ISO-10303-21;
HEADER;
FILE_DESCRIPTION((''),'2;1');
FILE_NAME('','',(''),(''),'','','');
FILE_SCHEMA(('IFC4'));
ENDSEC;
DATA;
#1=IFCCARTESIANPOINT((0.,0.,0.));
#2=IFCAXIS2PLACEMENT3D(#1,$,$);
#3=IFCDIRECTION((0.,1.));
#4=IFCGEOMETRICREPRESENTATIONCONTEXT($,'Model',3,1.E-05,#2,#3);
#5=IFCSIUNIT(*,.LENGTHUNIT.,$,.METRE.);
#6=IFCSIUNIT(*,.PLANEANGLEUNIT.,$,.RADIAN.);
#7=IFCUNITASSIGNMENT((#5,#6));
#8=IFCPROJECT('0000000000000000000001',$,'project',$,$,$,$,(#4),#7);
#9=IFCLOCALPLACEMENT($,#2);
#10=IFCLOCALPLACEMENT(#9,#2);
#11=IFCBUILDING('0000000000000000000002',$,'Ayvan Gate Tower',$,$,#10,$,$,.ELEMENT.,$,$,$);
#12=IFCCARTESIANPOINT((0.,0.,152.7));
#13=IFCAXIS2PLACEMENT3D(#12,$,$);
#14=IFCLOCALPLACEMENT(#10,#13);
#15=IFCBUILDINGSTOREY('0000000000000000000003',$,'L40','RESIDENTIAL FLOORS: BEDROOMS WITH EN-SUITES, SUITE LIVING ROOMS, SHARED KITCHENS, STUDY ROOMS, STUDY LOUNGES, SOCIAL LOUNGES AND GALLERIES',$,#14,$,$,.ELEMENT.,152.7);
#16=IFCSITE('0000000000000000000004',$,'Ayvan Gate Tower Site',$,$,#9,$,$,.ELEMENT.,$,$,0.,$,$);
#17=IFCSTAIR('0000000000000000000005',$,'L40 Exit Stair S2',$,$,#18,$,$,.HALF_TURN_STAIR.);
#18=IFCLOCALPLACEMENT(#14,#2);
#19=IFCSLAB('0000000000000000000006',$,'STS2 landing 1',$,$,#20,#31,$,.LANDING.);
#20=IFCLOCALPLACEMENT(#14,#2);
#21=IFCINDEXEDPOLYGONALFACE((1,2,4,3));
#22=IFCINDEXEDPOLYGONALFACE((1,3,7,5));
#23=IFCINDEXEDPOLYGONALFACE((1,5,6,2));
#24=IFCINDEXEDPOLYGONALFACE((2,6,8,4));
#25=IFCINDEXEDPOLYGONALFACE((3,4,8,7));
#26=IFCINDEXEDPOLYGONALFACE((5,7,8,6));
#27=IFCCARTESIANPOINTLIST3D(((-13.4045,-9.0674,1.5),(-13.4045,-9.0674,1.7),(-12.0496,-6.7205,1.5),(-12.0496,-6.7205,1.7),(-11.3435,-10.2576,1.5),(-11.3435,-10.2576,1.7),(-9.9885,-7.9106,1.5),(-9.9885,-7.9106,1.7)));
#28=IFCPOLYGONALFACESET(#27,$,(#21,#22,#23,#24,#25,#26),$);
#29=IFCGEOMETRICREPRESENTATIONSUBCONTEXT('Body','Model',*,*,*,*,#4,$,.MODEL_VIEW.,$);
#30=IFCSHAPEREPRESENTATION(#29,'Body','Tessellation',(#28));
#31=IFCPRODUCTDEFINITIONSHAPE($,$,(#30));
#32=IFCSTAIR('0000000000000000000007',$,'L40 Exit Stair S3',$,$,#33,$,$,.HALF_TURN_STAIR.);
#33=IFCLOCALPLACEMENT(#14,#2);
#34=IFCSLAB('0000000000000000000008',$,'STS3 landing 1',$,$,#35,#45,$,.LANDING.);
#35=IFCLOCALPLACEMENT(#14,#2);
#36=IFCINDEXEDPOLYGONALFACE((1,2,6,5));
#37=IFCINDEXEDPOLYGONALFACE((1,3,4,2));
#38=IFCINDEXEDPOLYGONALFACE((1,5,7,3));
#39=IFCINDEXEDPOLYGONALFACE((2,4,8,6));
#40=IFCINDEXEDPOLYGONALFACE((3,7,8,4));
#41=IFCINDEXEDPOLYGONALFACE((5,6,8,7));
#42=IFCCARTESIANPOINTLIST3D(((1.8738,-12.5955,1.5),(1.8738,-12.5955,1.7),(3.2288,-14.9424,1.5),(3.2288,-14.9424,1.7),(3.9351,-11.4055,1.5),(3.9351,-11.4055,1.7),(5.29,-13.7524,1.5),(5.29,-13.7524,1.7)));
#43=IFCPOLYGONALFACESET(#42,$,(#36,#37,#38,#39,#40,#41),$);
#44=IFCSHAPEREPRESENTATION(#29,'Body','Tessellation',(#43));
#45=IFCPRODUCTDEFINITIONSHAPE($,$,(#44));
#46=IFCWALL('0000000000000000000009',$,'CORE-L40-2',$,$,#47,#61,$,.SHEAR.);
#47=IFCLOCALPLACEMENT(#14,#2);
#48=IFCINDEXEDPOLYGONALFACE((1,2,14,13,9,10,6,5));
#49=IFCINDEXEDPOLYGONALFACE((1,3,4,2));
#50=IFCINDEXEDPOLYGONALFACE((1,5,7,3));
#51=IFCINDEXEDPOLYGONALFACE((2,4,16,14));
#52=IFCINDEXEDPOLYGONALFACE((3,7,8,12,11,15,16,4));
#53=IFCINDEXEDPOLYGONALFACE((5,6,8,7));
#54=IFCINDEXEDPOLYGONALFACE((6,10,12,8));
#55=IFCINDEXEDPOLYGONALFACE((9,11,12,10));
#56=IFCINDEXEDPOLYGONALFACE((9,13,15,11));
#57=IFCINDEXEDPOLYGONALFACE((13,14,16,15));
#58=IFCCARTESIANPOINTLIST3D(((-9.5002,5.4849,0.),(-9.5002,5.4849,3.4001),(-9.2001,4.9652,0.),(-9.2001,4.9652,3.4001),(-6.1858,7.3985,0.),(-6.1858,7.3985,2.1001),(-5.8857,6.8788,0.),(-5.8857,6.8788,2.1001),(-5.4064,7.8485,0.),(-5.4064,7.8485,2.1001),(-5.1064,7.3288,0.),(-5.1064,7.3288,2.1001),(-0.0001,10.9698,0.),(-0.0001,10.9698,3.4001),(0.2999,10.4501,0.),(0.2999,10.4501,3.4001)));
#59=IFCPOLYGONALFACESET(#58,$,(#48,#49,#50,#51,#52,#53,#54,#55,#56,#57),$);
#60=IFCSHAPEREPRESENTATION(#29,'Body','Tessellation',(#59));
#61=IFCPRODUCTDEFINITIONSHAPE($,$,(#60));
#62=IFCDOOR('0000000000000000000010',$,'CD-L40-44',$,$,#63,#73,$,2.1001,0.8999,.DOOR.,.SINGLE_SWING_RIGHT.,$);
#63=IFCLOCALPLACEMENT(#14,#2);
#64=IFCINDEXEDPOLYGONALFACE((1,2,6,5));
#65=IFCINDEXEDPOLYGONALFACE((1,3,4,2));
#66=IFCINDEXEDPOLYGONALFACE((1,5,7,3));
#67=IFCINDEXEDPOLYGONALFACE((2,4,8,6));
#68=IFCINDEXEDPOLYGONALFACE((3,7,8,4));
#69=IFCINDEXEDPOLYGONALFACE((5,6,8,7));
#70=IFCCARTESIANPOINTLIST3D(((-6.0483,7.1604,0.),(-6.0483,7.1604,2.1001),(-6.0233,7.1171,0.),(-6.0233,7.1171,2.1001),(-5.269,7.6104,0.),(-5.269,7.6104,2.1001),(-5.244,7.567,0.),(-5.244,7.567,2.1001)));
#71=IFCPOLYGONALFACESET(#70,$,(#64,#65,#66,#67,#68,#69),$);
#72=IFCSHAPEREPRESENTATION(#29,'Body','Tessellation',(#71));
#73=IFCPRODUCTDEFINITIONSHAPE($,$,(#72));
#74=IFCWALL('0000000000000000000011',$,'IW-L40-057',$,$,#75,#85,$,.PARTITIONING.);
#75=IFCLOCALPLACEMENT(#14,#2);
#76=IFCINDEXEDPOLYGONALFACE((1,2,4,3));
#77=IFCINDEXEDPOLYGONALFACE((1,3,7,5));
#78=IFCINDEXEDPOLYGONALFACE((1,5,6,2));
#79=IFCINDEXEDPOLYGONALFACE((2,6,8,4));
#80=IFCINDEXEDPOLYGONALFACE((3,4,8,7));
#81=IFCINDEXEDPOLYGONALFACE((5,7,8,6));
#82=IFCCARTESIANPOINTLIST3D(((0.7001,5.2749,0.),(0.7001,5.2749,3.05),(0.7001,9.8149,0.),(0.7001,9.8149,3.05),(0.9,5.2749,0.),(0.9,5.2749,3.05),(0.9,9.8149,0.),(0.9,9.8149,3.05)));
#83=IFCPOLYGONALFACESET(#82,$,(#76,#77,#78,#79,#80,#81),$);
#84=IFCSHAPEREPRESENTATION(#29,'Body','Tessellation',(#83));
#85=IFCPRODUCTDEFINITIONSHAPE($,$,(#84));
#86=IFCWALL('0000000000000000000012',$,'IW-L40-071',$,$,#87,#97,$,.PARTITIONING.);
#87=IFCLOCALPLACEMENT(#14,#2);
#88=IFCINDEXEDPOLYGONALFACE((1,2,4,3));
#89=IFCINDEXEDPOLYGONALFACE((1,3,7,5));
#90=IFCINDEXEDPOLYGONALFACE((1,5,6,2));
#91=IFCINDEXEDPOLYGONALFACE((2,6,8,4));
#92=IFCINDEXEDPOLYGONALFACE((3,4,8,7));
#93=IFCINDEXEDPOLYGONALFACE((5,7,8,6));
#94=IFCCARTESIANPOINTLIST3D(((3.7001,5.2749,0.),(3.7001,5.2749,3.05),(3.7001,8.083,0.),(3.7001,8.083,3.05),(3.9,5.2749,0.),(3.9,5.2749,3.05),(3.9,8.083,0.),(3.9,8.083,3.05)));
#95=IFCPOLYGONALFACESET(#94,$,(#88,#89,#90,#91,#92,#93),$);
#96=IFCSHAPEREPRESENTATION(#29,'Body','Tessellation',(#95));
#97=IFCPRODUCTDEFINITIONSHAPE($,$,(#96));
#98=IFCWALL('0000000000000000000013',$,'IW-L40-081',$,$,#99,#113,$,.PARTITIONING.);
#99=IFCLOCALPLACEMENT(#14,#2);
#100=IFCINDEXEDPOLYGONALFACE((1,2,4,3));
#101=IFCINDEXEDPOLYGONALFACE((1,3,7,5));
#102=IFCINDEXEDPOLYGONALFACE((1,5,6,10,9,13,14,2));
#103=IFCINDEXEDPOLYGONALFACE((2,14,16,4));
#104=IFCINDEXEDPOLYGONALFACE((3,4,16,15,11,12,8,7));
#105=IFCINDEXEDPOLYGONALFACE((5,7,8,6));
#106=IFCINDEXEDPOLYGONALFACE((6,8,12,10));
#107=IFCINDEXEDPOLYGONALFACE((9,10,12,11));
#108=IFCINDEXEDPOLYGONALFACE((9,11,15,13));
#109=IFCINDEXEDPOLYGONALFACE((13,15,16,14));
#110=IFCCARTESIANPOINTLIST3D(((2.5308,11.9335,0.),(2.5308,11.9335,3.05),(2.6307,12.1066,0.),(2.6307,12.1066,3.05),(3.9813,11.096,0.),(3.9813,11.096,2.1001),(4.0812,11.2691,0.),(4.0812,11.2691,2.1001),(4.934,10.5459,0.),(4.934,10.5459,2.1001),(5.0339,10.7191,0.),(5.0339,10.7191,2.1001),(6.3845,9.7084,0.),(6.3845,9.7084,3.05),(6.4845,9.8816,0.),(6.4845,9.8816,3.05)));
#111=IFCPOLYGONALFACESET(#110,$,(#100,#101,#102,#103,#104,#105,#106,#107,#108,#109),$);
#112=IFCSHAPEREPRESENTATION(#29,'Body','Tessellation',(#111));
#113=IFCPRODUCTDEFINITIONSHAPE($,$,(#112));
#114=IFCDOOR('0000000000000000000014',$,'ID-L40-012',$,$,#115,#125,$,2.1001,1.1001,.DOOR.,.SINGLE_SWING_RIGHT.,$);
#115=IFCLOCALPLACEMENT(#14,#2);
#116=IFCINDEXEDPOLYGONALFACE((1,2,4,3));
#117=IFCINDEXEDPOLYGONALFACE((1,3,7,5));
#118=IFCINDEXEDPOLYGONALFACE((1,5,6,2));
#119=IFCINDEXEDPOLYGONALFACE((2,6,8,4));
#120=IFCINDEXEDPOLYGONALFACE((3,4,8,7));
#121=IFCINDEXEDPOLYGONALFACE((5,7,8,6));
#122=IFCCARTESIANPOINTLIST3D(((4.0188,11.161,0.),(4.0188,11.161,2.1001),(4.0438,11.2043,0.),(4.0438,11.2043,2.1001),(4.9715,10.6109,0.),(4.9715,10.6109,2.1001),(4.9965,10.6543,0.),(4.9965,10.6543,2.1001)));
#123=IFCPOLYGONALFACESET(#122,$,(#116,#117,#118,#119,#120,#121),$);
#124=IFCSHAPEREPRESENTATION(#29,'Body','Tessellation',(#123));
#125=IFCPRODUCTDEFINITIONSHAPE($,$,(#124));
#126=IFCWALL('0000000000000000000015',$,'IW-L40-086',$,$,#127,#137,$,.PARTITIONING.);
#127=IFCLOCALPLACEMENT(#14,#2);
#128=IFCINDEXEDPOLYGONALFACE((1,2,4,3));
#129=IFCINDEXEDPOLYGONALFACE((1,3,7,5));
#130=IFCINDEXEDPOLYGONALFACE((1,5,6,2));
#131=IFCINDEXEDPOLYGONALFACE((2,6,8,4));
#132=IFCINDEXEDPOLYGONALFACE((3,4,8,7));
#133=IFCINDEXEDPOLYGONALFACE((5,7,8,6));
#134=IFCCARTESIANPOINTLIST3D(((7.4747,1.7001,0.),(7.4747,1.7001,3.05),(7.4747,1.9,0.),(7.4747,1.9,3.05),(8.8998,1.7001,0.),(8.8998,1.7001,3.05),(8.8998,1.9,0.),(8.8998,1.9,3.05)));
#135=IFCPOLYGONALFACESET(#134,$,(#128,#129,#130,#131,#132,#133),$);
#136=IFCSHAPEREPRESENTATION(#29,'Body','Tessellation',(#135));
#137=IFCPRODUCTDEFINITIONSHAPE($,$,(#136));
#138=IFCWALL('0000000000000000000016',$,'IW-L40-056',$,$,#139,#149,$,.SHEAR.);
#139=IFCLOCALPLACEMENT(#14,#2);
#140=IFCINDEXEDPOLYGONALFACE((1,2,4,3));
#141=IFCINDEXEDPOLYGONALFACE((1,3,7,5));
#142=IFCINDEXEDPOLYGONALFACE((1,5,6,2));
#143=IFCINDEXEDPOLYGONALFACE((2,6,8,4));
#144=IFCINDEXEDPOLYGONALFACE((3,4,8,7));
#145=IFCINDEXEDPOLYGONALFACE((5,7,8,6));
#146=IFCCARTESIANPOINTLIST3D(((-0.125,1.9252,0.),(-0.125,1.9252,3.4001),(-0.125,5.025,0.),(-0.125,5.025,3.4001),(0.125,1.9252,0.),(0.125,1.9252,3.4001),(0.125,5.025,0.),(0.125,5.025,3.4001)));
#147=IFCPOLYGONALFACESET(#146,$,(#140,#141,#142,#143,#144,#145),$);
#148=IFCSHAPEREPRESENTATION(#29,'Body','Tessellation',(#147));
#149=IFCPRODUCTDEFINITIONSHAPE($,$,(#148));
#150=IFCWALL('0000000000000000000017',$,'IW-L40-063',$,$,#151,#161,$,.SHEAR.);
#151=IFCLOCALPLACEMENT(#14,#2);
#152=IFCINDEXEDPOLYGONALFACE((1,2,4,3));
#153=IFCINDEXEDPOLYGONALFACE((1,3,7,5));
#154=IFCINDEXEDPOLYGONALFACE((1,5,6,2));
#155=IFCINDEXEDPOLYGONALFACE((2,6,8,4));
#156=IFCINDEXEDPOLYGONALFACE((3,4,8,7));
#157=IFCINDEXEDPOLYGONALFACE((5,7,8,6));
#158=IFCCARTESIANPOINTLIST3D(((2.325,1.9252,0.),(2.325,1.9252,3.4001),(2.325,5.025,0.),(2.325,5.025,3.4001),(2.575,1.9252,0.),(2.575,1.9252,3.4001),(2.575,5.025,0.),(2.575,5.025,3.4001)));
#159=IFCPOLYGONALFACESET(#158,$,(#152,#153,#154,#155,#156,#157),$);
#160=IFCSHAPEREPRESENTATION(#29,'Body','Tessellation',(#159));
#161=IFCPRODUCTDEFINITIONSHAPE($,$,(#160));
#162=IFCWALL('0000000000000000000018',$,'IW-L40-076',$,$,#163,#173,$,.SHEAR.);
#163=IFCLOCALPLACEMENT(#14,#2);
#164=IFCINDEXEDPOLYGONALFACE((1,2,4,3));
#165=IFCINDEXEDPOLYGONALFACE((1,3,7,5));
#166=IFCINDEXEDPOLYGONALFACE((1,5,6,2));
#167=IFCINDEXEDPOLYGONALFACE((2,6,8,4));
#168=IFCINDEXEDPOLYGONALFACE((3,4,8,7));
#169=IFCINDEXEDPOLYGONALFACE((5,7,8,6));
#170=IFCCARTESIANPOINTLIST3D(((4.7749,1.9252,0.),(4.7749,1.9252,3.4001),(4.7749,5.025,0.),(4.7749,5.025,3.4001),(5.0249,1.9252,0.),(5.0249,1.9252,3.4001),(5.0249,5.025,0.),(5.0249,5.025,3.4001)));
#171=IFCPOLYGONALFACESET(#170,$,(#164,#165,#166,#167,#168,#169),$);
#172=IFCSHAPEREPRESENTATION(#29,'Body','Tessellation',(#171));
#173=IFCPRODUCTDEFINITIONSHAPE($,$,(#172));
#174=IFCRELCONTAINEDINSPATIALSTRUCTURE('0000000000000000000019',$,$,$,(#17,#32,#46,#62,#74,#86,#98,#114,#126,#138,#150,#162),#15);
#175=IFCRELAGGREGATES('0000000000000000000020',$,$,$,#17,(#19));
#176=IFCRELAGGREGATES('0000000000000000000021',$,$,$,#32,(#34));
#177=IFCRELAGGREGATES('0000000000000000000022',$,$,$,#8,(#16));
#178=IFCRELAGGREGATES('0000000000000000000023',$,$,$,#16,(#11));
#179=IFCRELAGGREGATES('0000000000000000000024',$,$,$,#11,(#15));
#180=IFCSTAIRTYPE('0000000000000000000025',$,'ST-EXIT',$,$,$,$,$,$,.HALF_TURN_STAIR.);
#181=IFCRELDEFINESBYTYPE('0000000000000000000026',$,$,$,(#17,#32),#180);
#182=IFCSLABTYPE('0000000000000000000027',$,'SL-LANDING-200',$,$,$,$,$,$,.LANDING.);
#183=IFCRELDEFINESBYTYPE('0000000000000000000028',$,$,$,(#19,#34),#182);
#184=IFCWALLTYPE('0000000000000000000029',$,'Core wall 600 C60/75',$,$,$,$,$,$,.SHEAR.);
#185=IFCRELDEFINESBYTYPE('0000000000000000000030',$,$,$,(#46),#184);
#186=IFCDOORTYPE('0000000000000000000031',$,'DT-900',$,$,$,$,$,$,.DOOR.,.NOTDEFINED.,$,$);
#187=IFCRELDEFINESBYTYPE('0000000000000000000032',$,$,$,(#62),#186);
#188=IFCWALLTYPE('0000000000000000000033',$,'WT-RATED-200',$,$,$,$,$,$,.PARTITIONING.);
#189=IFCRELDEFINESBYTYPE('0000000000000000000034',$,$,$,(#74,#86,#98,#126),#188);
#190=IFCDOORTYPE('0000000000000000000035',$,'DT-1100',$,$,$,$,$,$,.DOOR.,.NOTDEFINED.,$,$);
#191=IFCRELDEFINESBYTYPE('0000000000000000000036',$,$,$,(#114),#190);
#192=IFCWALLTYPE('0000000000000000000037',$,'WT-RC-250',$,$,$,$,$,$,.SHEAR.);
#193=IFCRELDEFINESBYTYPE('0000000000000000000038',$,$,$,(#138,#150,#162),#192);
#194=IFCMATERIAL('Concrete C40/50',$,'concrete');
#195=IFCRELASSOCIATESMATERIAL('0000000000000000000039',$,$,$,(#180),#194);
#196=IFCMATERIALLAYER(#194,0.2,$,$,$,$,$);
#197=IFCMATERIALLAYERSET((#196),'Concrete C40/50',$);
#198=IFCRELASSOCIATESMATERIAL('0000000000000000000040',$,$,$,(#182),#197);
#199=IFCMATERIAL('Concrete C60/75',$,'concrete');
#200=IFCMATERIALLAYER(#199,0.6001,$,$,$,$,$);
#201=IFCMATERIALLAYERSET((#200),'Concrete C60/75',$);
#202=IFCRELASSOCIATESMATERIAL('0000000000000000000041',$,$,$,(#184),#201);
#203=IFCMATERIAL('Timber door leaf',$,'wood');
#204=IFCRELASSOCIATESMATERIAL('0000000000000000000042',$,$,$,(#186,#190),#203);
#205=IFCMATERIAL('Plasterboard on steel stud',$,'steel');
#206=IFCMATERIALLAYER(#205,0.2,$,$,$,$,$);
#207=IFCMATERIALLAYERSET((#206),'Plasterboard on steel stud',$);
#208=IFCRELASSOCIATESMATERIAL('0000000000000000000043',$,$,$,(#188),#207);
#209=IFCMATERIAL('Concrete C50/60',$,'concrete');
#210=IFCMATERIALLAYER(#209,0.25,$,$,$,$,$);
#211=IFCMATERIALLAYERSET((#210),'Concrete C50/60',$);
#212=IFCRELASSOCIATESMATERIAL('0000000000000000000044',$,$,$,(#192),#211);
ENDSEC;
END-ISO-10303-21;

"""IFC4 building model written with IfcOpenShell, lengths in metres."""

from ifc_helpers import new_model, si_unit, direction, frame, frame_2d, origin, place, context, subcontext, project, spatial, polyline, rectangle, outline, extrude, material, layer, layer_set, type_object, element, fill, aggregate, save


model = new_model("IFC4")

# Units and contexts
model_context = context("Model", 3, precision=1e-05, world=origin(), true_north=direction((0.0, 1.0)))
body_context = subcontext(model_context, "Body", "Model", "MODEL_VIEW")
ifc_project = project(units=[si_unit("LENGTHUNIT", "METRE"), si_unit("PLANEANGLEUNIT", "RADIAN")], contexts=[model_context])

# Site, building, storey
site_placement = place(None, origin())
site = spatial("IfcSite", under=ifc_project, at=site_placement, Name="Ayvan Gate Tower Site", CompositionType="ELEMENT", RefElevation=0.0)
building_placement = place(site_placement, origin())
building = spatial("IfcBuilding", under=site, at=building_placement, Name="Ayvan Gate Tower", CompositionType="ELEMENT")
storey_placement = place(building_placement, frame((0.0, 0.0, 152.7)))
storey = spatial("IfcBuildingStorey", under=building, at=storey_placement, Name="L40", Description="RESIDENTIAL FLOORS: BEDROOMS WITH EN-SUITES, SUITE LIVING ROOMS, SHARED KITCHENS, STUDY ROOMS, STUDY LOUNGES, SOCIAL LOUNGES AND GALLERIES", CompositionType="ELEMENT", Elevation=152.7)

# Stairs, slabs
ifc_material_1 = material(Name="Concrete C40/50", Category="concrete")
stair_type = type_object("IfcStairType", Name="ST-EXIT", PredefinedType="HALF_TURN_STAIR", material=ifc_material_1)
stair_1_placement = place(storey_placement, origin())
stair_1 = element("IfcStair", 1, at=stair_1_placement, inside=storey, type_object=stair_type, Name="L40 Exit Stair S2", PredefinedType="HALF_TURN_STAIR")
ifc_layer_1 = layer(ifc_material_1, 0.2)
ifc_layer_set_1 = layer_set([ifc_layer_1], Name="Concrete C40/50")
slab_type = type_object("IfcSlabType", Name="SL-LANDING-200", PredefinedType="LANDING", material=ifc_layer_set_1)
slab_1_placement = place(storey_placement, frame((0.0, 0.0, 1.5)))
slab_1 = element("IfcSlab", 2, at=slab_1_placement, type_object=slab_type, Name="STS2 landing 1", PredefinedType="LANDING", context=body_context, shape_type="SweptSolid", body=[
    extrude(outline(polyline([(-9.9885, -7.9106), (-12.0496, -6.7205), (-13.4045, -9.0674), (-11.3435, -10.2576), (-9.9885, -7.9106)])), origin(), (0.0, 0.0, 1.0), 0.2),
])
aggregate(stair_1, [slab_1])
stair_2_placement = place(storey_placement, origin())
stair_2 = element("IfcStair", 3, at=stair_2_placement, inside=storey, type_object=stair_type, Name="L40 Exit Stair S3", PredefinedType="HALF_TURN_STAIR")
slab_2_placement = place(storey_placement, frame((0.0, 0.0, 1.5)))
slab_2 = element("IfcSlab", 4, at=slab_2_placement, type_object=slab_type, Name="STS3 landing 1", PredefinedType="LANDING", context=body_context, shape_type="SweptSolid", body=[
    extrude(outline(polyline([(3.9351, -11.4055), (1.8738, -12.5955), (3.2288, -14.9424), (5.29, -13.7524), (3.9351, -11.4055)])), origin(), (0.0, 0.0, 1.0), 0.2),
])
aggregate(stair_2, [slab_2])

# Wall, opening, door
ifc_material_2 = material(Name="Concrete C60/75", Category="concrete")
ifc_layer_2 = layer(ifc_material_2, 0.6001)
ifc_layer_set_2 = layer_set([ifc_layer_2], Name="Concrete C60/75")
wall_type_1 = type_object("IfcWallType", Name="Core wall 600 C60/75", PredefinedType="SHEAR", material=ifc_layer_set_2)
wall_1_placement = place(storey_placement, frame((0.1499, 10.71, 0.0), z_axis=(0.0, 0.0, 1.0), x_axis=(-0.866024, -0.500002, 0.0)))
wall_1 = element("IfcWall", 5, at=wall_1_placement, inside=storey, type_object=wall_type_1, Name="CORE-L40-2", PredefinedType="SHEAR", context=body_context, shape_type="SweptSolid", body=[
    extrude(rectangle(XDim=10.9697, YDim=0.6001, at=frame_2d((5.4849, 0.0))), origin(), (0.0, 0.0, 1.0), 3.4001),
])
opening_1_placement = place(wall_1_placement, frame((6.2427, 0.0, 0.0)))
opening_1 = element("IfcOpeningElement", 6, at=opening_1_placement, cuts=wall_1, PredefinedType="OPENING", context=body_context, shape_type="SweptSolid", body=[
    extrude(rectangle(XDim=0.8999, YDim=2.1001, at=frame_2d((0.45, 1.05))), frame((0.0, 0.3101, 0.0), z_axis=(0.0, -1.0, 0.0), x_axis=(1.0, 0.0, 0.0)), (0.0, 0.0, 1.0), 0.6201),
])
ifc_material_3 = material(Name="Timber door leaf", Category="wood")
door_type_1 = type_object("IfcDoorType", Name="DT-900", OperationType="NOTDEFINED", PredefinedType="DOOR", material=ifc_material_3)
door_1_placement = place(opening_1_placement, origin())
door_1 = element("IfcDoor", 7, at=door_1_placement, inside=storey, type_object=door_type_1, Name="CD-L40-44", OperationType="SINGLE_SWING_RIGHT", OverallHeight=2.1001, OverallWidth=0.8999, PredefinedType="DOOR", context=body_context, shape_type="SweptSolid", body=[
    extrude(rectangle(XDim=0.8999, YDim=2.1001, at=frame_2d((0.45, 1.05))), frame((0.0, 0.0249, 0.0), z_axis=(0.0, -1.0, 0.0), x_axis=(1.0, 0.0, 0.0)), (0.0, 0.0, 1.0), 0.05),
])
fill(opening_1, door_1)

# Walls
ifc_material_4 = material(Name="Plasterboard on steel stud", Category="steel")
ifc_layer_3 = layer(ifc_material_4, 0.2)
ifc_layer_set_3 = layer_set([ifc_layer_3], Name="Plasterboard on steel stud")
wall_type_2 = type_object("IfcWallType", Name="WT-RATED-200", PredefinedType="PARTITIONING", material=ifc_layer_set_3)
wall_2_placement = place(storey_placement, frame((0.8, 9.8149, 0.0), z_axis=(0.0, 0.0, 1.0), x_axis=(0.0, -1.0, 0.0)))
element("IfcWall", 8, at=wall_2_placement, inside=storey, type_object=wall_type_2, Name="IW-L40-057", PredefinedType="PARTITIONING", context=body_context, shape_type="SweptSolid", body=[
    extrude(rectangle(XDim=4.54, YDim=0.2, at=frame_2d((2.27, 0.0))), origin(), (0.0, 0.0, 1.0), 3.05),
])
wall_3_placement = place(storey_placement, frame((3.8, 8.083, 0.0), z_axis=(0.0, 0.0, 1.0), x_axis=(0.0, -1.0, 0.0)))
element("IfcWall", 9, at=wall_3_placement, inside=storey, type_object=wall_type_2, Name="IW-L40-071", PredefinedType="PARTITIONING", context=body_context, shape_type="SweptSolid", body=[
    extrude(rectangle(XDim=2.8081, YDim=0.2, at=frame_2d((1.4041, 0.0))), origin(), (0.0, 0.0, 1.0), 3.05),
])

# Wall, opening, door
wall_4_placement = place(storey_placement, frame((6.4346, 9.7949, 0.0), z_axis=(0.0, 0.0, 1.0), x_axis=(-0.866013, 0.500022, 0.0)))
wall_4 = element("IfcWall", 10, at=wall_4_placement, inside=storey, type_object=wall_type_2, Name="IW-L40-081", PredefinedType="PARTITIONING", context=body_context, shape_type="SweptSolid", body=[
    extrude(rectangle(XDim=4.45, YDim=0.2, at=frame_2d((2.2251, 0.0))), origin(), (0.0, 0.0, 1.0), 3.05),
])
opening_2_placement = place(wall_4_placement, frame((1.675, 0.0, 0.0)))
opening_2 = element("IfcOpeningElement", 11, at=opening_2_placement, cuts=wall_4, PredefinedType="OPENING", context=body_context, shape_type="SweptSolid", body=[
    extrude(rectangle(XDim=1.1001, YDim=2.1001, at=frame_2d((0.55, 1.05))), frame((0.0, 0.1099, 0.0), z_axis=(0.0, -1.0, 0.0), x_axis=(1.0, 0.0, 0.0)), (0.0, 0.0, 1.0), 0.22),
])
door_type_2 = type_object("IfcDoorType", Name="DT-1100", OperationType="NOTDEFINED", PredefinedType="DOOR", material=ifc_material_3)
door_2_placement = place(opening_2_placement, origin())
door_2 = element("IfcDoor", 12, at=door_2_placement, inside=storey, type_object=door_type_2, Name="ID-L40-012", OperationType="SINGLE_SWING_RIGHT", OverallHeight=2.1001, OverallWidth=1.1001, PredefinedType="DOOR", context=body_context, shape_type="SweptSolid", body=[
    extrude(rectangle(XDim=1.1001, YDim=2.1001, at=frame_2d((0.55, 1.05))), frame((0.0, 0.0249, 0.0), z_axis=(0.0, -1.0, 0.0), x_axis=(1.0, 0.0, 0.0)), (0.0, 0.0, 1.0), 0.05),
])
fill(opening_2, door_2)

# Walls
wall_5_placement = place(storey_placement, frame((7.4749, 1.8, 0.0), z_axis=(0.0, 0.0, 1.0), x_axis=(1.0, 0.0, 0.0)))
element("IfcWall", 13, at=wall_5_placement, inside=storey, type_object=wall_type_2, Name="IW-L40-086", PredefinedType="PARTITIONING", context=body_context, shape_type="SweptSolid", body=[
    extrude(rectangle(XDim=1.425, YDim=0.2, at=frame_2d((0.7124, 0.0))), origin(), (0.0, 0.0, 1.0), 3.05),
])
ifc_material_5 = material(Name="Concrete C50/60", Category="concrete")
ifc_layer_4 = layer(ifc_material_5, 0.25)
ifc_layer_set_4 = layer_set([ifc_layer_4], Name="Concrete C50/60")
wall_type_3 = type_object("IfcWallType", Name="WT-RC-250", PredefinedType="SHEAR", material=ifc_layer_set_4)
for number, where, z_axis, x_axis, name in (
    (14, (0.0, 5.0249, 0.0), (0.0, 0.0, 1.0), (0.0, -1.0, 0.0), "IW-L40-056"),
    (15, (2.45, 5.0249, 0.0), (0.0, 0.0, 1.0), (0.0, -1.0, 0.0), "IW-L40-063"),
    (16, (4.8999, 5.0249, 0.0), (0.0, 0.0, 1.0), (0.0, -1.0, 0.0), "IW-L40-076"),
):
    element("IfcWall", number, at=place(storey_placement, frame(where, z_axis=z_axis, x_axis=x_axis)), inside=storey, type_object=wall_type_3, Name=name, PredefinedType="SHEAR", context=body_context, shape_type="SweptSolid", body=[
        extrude(rectangle(XDim=3.0999, YDim=0.25, at=frame_2d((1.5498, 0.0))), origin(), (0.0, 0.0, 1.0), 3.4001),
    ])

save(model, "model.ifc")
